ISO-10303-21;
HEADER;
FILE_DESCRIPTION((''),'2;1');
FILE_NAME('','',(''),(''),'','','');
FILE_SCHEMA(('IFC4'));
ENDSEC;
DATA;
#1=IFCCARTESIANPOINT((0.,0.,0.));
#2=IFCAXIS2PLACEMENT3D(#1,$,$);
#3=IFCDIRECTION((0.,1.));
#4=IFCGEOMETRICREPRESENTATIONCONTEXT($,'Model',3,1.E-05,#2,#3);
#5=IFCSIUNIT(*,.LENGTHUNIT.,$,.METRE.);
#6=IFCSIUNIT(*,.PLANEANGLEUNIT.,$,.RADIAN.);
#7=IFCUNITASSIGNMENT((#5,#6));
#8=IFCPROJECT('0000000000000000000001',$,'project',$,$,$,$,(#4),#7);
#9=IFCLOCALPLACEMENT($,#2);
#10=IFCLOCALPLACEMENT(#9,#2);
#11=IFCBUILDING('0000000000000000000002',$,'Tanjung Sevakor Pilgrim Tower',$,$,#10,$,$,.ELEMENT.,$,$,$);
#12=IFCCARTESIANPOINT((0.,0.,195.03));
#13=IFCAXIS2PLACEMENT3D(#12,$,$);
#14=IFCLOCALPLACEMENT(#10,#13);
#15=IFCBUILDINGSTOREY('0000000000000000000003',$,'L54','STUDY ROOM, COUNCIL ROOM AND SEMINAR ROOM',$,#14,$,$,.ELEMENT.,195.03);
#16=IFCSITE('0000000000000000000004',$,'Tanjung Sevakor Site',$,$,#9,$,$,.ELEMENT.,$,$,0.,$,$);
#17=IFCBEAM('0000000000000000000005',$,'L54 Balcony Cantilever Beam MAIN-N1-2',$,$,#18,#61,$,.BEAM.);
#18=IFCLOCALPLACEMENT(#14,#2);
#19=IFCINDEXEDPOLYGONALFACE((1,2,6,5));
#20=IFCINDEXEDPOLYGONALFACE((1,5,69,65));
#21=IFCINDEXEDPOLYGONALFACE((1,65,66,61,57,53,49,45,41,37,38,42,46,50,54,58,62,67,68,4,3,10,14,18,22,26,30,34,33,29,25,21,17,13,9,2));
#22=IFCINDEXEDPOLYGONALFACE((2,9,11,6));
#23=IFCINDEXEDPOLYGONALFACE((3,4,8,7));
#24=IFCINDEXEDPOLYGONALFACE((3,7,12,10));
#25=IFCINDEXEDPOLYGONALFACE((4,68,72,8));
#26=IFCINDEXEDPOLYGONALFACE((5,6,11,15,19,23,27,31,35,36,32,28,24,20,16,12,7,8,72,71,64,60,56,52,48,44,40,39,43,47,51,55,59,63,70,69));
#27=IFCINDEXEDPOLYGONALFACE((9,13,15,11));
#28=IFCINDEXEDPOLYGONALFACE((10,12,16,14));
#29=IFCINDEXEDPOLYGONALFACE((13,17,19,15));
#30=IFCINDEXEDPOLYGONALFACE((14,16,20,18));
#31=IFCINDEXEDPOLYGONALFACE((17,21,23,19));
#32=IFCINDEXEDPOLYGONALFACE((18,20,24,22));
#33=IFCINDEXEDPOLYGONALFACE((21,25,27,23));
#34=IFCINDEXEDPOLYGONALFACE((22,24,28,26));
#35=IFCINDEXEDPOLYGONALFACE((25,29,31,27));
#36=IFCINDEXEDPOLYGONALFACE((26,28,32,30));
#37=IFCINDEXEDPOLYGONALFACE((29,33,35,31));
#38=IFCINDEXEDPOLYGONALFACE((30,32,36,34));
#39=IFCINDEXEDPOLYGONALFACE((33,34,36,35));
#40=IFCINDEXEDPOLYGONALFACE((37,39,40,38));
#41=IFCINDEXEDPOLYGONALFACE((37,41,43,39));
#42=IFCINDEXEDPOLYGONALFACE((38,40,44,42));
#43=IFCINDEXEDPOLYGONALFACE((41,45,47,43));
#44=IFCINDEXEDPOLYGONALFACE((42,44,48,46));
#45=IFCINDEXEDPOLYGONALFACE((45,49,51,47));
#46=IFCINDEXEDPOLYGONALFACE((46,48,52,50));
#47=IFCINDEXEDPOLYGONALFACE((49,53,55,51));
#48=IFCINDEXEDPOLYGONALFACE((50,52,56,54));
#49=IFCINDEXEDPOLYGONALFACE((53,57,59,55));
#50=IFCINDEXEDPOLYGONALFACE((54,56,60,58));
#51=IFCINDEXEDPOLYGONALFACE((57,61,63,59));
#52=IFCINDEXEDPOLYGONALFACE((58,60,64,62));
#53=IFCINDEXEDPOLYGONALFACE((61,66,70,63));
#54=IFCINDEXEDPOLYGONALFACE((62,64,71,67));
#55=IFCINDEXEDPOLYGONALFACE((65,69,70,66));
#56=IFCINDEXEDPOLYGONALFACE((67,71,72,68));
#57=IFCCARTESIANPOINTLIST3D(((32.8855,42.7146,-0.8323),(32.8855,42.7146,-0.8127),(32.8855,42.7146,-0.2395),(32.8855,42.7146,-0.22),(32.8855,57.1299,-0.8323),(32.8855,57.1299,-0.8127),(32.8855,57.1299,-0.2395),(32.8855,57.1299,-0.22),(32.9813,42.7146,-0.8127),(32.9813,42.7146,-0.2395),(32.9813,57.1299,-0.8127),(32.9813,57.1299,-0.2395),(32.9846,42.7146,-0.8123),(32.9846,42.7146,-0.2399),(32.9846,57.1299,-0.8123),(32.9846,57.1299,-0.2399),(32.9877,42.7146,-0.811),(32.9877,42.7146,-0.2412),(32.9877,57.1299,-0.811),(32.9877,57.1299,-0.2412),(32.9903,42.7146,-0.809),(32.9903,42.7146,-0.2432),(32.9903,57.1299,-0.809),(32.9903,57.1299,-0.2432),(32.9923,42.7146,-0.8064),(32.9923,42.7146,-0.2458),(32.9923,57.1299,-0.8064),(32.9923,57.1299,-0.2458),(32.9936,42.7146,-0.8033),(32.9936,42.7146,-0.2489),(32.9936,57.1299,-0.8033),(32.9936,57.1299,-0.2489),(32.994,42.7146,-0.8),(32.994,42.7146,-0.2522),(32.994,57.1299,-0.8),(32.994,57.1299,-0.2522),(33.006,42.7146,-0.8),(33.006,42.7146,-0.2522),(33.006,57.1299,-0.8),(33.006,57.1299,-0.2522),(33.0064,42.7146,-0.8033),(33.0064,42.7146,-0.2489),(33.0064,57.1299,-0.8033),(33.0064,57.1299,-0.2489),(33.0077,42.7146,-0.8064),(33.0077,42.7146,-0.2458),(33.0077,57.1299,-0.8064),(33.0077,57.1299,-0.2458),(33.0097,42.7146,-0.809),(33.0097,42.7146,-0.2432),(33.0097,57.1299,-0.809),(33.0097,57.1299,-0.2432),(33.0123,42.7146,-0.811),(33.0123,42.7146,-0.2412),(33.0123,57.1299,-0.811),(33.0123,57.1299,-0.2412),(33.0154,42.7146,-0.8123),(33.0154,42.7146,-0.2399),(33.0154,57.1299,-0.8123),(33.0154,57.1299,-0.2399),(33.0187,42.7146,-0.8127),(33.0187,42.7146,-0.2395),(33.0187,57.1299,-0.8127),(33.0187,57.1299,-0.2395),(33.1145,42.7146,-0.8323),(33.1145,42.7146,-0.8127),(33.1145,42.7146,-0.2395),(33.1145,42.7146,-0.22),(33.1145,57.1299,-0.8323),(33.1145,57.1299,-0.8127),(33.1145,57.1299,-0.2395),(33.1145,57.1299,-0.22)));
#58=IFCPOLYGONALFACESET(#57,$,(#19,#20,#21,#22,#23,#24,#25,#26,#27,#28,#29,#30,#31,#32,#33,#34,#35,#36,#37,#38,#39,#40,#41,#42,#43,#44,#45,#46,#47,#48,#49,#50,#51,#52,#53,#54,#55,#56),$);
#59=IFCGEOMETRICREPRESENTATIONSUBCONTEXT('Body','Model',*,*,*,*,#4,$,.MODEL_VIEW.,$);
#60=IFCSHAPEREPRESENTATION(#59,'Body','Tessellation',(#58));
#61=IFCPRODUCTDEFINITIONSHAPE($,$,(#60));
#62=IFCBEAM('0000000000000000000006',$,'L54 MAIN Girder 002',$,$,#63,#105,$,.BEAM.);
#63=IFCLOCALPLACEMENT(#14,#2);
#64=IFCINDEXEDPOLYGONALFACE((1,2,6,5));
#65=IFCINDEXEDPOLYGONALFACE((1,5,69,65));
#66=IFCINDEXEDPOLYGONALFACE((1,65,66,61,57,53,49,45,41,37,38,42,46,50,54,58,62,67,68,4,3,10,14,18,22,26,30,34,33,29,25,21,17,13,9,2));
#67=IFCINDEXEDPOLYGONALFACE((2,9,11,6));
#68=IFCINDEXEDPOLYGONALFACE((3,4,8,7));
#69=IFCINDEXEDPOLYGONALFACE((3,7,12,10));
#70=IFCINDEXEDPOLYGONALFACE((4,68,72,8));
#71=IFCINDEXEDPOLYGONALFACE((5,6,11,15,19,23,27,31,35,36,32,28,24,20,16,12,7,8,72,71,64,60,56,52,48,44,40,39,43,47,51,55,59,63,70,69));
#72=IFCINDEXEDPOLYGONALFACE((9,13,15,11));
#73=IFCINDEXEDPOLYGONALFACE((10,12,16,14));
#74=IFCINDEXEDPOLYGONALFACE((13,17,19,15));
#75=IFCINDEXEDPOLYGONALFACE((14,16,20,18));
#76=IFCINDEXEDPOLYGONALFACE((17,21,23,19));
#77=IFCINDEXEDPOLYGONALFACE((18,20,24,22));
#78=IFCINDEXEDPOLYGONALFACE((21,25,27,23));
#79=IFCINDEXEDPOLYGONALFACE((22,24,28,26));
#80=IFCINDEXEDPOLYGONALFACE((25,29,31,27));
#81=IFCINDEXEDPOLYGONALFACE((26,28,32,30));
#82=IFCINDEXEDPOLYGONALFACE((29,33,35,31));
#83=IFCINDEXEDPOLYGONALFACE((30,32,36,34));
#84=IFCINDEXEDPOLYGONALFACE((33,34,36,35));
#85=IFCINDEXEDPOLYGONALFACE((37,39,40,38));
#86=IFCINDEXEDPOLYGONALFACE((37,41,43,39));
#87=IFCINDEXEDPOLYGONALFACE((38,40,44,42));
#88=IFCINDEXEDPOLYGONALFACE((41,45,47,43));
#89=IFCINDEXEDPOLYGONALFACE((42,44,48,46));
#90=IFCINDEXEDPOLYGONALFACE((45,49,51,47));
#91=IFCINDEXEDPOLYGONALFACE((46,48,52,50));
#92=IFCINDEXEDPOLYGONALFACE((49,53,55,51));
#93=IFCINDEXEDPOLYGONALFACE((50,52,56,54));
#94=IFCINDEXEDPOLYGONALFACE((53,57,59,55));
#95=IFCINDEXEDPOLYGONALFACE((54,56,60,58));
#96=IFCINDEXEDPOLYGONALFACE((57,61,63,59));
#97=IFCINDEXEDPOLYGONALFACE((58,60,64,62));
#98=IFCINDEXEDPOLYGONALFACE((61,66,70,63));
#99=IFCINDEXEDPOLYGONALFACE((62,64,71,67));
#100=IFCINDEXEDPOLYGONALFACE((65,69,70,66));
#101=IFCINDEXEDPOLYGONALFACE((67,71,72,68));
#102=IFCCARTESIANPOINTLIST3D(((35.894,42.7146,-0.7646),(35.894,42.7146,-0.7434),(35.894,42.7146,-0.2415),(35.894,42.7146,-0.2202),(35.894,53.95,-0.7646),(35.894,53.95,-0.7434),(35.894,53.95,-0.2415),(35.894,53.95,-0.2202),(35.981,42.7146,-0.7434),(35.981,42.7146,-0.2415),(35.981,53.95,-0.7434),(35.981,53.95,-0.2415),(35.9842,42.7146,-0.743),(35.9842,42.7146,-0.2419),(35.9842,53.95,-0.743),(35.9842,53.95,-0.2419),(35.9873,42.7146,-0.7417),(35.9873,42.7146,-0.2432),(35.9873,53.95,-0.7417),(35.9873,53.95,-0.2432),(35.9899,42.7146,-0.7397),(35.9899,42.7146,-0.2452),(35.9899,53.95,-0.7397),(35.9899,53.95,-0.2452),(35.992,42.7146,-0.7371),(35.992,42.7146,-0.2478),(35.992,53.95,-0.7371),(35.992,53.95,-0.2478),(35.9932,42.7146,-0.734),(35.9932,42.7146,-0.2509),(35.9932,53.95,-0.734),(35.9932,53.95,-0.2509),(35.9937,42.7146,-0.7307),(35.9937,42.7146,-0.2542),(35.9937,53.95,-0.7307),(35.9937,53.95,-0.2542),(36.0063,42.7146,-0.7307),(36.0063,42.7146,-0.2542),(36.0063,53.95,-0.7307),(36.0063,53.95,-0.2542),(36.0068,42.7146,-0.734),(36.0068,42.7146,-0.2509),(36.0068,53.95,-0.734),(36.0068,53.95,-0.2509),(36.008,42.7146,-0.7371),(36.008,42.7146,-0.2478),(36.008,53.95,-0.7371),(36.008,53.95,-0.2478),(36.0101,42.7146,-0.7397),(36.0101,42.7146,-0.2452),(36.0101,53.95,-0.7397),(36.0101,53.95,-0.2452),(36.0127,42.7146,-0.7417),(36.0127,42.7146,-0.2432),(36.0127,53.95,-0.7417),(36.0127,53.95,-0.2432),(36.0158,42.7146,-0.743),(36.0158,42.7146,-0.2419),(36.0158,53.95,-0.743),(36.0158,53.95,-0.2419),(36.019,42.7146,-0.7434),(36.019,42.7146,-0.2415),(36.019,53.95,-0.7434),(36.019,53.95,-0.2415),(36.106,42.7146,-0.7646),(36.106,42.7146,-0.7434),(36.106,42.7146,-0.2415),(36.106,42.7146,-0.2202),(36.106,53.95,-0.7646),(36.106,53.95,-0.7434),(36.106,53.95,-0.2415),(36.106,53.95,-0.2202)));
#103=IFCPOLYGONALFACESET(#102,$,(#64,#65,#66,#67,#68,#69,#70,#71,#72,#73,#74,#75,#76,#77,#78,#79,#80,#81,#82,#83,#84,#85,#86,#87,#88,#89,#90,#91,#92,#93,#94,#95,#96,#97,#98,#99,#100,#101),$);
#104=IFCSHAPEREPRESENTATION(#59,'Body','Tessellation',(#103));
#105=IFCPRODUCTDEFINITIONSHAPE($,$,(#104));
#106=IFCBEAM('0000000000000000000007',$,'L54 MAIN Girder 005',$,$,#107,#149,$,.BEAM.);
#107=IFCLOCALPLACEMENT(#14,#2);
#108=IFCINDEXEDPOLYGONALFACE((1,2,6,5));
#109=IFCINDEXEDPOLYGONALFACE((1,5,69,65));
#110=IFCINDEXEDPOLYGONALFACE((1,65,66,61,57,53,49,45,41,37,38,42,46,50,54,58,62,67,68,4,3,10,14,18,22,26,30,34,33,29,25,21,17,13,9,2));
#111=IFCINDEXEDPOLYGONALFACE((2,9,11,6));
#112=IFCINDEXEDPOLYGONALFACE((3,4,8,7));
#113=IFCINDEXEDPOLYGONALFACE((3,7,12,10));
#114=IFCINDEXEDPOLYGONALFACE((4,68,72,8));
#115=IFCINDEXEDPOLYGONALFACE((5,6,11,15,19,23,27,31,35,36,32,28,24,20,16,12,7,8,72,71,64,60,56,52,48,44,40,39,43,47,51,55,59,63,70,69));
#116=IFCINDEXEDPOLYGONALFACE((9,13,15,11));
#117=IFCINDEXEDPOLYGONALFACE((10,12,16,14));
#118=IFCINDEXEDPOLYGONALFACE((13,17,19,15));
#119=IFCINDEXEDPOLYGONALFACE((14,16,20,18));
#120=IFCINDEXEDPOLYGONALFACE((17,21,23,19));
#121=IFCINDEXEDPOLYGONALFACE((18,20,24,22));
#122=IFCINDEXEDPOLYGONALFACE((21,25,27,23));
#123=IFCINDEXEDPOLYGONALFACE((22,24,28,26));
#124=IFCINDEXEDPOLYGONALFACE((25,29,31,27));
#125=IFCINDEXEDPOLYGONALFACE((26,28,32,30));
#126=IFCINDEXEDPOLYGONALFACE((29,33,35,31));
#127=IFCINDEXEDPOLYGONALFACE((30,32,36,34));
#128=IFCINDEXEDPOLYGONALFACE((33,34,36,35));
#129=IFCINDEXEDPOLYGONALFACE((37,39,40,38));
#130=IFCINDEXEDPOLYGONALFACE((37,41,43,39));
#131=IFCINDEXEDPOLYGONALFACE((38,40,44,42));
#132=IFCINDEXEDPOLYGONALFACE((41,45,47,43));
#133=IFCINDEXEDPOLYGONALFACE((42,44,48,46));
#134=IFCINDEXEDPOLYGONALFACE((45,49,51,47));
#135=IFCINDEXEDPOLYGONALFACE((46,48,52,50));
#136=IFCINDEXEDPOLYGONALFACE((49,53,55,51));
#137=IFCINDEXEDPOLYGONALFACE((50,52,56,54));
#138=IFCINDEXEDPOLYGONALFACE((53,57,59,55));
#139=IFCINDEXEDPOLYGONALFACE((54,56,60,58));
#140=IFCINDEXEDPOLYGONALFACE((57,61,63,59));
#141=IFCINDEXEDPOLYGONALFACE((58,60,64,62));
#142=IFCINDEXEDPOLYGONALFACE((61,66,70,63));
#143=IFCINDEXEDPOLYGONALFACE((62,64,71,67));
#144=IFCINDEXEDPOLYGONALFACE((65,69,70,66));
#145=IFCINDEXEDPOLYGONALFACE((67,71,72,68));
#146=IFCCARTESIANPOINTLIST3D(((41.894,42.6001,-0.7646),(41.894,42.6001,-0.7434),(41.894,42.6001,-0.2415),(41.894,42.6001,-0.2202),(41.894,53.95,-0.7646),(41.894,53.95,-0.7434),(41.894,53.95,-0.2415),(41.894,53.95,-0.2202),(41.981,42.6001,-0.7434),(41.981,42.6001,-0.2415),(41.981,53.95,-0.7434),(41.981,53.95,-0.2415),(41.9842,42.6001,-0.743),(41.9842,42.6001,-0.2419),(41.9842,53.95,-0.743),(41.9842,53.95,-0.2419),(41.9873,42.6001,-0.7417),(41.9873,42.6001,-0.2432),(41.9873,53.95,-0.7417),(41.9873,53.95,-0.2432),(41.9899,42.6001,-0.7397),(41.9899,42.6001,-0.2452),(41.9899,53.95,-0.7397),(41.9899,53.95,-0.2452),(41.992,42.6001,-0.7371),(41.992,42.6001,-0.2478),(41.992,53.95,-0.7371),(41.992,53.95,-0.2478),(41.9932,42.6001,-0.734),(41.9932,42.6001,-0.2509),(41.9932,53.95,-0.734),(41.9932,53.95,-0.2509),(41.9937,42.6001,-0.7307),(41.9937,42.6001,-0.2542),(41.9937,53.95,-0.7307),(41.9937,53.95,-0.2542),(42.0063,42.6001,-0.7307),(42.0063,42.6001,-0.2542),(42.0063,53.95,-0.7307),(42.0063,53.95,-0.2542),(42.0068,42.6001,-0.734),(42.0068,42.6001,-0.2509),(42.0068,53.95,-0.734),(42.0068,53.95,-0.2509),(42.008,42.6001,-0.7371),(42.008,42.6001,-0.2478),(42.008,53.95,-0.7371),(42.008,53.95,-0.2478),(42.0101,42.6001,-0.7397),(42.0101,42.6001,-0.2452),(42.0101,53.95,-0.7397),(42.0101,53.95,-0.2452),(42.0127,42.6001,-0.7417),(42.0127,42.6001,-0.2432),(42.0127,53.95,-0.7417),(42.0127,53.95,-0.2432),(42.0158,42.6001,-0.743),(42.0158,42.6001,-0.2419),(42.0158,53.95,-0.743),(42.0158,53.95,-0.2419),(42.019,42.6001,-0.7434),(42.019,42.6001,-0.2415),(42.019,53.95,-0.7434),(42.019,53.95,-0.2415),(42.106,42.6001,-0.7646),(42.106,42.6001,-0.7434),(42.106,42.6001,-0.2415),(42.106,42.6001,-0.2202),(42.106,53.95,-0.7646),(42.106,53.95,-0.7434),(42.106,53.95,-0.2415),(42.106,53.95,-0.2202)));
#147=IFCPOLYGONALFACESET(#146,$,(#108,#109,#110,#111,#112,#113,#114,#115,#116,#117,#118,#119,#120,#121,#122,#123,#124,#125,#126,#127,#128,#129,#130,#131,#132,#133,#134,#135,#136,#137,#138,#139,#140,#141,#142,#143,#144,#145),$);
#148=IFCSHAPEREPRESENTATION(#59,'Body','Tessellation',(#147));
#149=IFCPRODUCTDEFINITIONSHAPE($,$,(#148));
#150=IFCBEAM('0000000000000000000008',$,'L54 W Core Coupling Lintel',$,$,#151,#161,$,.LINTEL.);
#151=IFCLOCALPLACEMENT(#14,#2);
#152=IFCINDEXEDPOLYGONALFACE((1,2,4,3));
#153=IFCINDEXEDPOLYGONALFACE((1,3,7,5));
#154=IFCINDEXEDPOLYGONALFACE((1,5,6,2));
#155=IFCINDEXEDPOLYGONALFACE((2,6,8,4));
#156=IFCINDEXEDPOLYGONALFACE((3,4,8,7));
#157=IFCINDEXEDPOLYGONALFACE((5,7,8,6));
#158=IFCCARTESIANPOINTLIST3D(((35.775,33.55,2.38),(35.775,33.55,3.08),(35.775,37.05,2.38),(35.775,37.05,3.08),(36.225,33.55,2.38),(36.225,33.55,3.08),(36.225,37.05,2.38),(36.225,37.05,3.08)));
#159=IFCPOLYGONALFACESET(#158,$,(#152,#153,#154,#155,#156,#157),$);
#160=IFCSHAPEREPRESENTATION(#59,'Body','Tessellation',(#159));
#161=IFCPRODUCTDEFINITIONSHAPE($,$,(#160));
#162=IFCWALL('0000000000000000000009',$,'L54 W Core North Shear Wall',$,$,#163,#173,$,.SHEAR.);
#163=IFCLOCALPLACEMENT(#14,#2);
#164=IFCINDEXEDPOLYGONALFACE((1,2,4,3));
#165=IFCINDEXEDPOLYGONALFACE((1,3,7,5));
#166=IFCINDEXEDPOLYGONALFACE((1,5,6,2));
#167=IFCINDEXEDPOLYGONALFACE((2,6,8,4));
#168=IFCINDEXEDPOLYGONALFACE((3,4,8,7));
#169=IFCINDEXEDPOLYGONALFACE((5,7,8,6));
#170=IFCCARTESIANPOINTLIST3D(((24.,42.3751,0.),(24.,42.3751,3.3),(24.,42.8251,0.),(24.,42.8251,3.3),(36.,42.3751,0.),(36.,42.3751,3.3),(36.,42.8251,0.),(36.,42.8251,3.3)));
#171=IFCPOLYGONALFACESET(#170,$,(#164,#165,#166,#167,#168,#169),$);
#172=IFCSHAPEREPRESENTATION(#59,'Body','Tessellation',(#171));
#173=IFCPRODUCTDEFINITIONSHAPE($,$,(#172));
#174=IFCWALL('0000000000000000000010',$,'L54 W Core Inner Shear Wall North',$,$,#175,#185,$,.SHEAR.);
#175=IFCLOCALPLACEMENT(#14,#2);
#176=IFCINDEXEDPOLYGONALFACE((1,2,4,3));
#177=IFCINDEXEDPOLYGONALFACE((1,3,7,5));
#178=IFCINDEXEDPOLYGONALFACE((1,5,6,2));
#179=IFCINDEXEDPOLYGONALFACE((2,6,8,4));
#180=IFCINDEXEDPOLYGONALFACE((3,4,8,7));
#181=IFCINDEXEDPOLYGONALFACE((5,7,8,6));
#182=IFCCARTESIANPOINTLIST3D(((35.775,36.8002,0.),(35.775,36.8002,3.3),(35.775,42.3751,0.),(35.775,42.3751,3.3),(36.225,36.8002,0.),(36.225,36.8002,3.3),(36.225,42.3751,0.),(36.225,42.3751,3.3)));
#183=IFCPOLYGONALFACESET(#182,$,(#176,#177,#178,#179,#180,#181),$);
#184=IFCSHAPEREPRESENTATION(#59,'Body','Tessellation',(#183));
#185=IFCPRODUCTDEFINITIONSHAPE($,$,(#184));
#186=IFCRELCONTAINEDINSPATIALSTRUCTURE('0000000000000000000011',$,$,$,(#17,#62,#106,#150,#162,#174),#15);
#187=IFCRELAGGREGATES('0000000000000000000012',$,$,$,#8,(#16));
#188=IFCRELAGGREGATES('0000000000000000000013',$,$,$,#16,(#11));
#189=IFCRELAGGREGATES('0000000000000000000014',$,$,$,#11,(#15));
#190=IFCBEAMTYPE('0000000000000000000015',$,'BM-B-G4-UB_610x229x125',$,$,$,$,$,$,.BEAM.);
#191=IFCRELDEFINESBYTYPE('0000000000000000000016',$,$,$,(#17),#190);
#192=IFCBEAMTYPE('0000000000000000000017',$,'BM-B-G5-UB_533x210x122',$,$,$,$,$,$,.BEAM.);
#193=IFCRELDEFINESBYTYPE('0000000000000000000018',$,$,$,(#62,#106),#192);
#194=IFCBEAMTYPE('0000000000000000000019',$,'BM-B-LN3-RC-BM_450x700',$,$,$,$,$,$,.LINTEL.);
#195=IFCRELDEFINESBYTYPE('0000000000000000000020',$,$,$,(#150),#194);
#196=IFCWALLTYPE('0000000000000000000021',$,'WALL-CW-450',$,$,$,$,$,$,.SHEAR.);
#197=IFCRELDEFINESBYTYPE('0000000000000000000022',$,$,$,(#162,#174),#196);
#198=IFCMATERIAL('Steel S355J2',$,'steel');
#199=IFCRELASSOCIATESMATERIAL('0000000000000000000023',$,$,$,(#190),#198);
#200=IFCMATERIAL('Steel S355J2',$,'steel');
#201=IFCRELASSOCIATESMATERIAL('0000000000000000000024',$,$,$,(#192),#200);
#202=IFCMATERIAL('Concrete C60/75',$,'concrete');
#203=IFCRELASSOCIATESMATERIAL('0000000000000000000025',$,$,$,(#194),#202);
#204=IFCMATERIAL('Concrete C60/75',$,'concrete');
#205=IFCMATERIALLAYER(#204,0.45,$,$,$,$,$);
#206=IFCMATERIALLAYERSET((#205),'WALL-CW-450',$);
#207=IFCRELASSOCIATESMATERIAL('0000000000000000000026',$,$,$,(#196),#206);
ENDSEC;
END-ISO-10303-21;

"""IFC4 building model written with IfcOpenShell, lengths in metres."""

from ifc_helpers import new_model, si_unit, direction, frame, frame_2d, origin, origin_2d, place, context, subcontext, project, spatial, rectangle, i_section, extrude, material, layer, layer_set, material_profile, profile_set, type_object, element, save


model = new_model("IFC4")

# Units and contexts
model_context = context("Model", 3, precision=1e-05, world=origin(), true_north=direction((0.0, 1.0)))
body_context = subcontext(model_context, "Body", "Model", "MODEL_VIEW")
ifc_project = project(units=[si_unit("LENGTHUNIT", "METRE"), si_unit("PLANEANGLEUNIT", "RADIAN")], contexts=[model_context])

# Site, building, storey
site_placement = place(None, origin())
site = spatial("IfcSite", under=ifc_project, at=site_placement, Name="Tanjung Sevakor Site", CompositionType="ELEMENT", RefElevation=0.0)
building_placement = place(site_placement, origin())
building = spatial("IfcBuilding", under=site, at=building_placement, Name="Tanjung Sevakor Pilgrim Tower", CompositionType="ELEMENT")
storey_placement = place(building_placement, frame((0.0, 0.0, 195.03)))
storey = spatial("IfcBuildingStorey", under=building, at=storey_placement, Name="L54", Description="STUDY ROOM, COUNCIL ROOM AND SEMINAR ROOM", CompositionType="ELEMENT", Elevation=195.03)

# Beams
ifc_material_1 = material(Name="Steel S355J2", Category="steel")
ifc_material_profile_1 = material_profile(ifc_material_1, i_section(OverallWidth=0.229, OverallDepth=0.6123, WebThickness=0.012, FlangeThickness=0.0195, FilletRadius=0.0127, at=origin_2d()))
ifc_profile_set_1 = profile_set([ifc_material_profile_1], Name="Steel S355J2")
beam_type_1 = type_object("IfcBeamType", Name="BM-B-G4-UB_610x229x125", PredefinedType="BEAM", material=ifc_profile_set_1)
beam_1_placement = place(storey_placement, frame((33.0, 42.7146, -0.5261), z_axis=(0.0, 1.0, 0.0), x_axis=(-1.0, 0.0, 0.0)))
element("IfcBeam", 1, at=beam_1_placement, inside=storey, type_object=beam_type_1, Name="L54 Balcony Cantilever Beam MAIN-N1-2", PredefinedType="BEAM", context=body_context, shape_type="SweptSolid", body=[
    extrude(i_section(OverallWidth=0.229, OverallDepth=0.6123, WebThickness=0.012, FlangeThickness=0.0195, FilletRadius=0.0127, at=origin_2d()), origin(), (0.0, 0.0, 1.0), 14.4153),
])
ifc_material_2 = material(Name="Steel S355J2", Category="steel")
ifc_material_profile_2 = material_profile(ifc_material_2, i_section(OverallWidth=0.2119, OverallDepth=0.5444, WebThickness=0.0127, FlangeThickness=0.0212, FilletRadius=0.0127, at=origin_2d()))
ifc_profile_set_2 = profile_set([ifc_material_profile_2], Name="Steel S355J2")
beam_type_2 = type_object("IfcBeamType", Name="BM-B-G5-UB_533x210x122", PredefinedType="BEAM", material=ifc_profile_set_2)
beam_2_placement = place(storey_placement, frame((36.0, 42.7146, -0.4924), z_axis=(0.0, 1.0, 0.0), x_axis=(-1.0, 0.0, 0.0)))
element("IfcBeam", 2, at=beam_2_placement, inside=storey, type_object=beam_type_2, Name="L54 MAIN Girder 002", PredefinedType="BEAM", context=body_context, shape_type="SweptSolid", body=[
    extrude(i_section(OverallWidth=0.2119, OverallDepth=0.5444, WebThickness=0.0127, FlangeThickness=0.0212, FilletRadius=0.0127, at=origin_2d()), origin(), (0.0, 0.0, 1.0), 11.2354),
])
beam_3_placement = place(storey_placement, frame((42.0, 42.6001, -0.4924), z_axis=(0.0, 1.0, 0.0), x_axis=(-1.0, 0.0, 0.0)))
element("IfcBeam", 3, at=beam_3_placement, inside=storey, type_object=beam_type_2, Name="L54 MAIN Girder 005", PredefinedType="BEAM", context=body_context, shape_type="SweptSolid", body=[
    extrude(i_section(OverallWidth=0.2119, OverallDepth=0.5444, WebThickness=0.0127, FlangeThickness=0.0212, FilletRadius=0.0127, at=origin_2d()), origin(), (0.0, 0.0, 1.0), 11.3499),
])
ifc_material_3 = material(Name="Concrete C60/75", Category="concrete")
ifc_material_profile_3 = material_profile(ifc_material_3, rectangle(XDim=0.45, YDim=0.7, at=origin_2d()))
ifc_profile_set_3 = profile_set([ifc_material_profile_3], Name="Concrete C60/75")
beam_type_3 = type_object("IfcBeamType", Name="BM-B-LN3-RC-BM_450x700", PredefinedType="LINTEL", material=ifc_profile_set_3)
beam_4_placement = place(storey_placement, frame((36.0, 33.55, 2.73), z_axis=(0.0, 1.0, 0.0), x_axis=(-1.0, 0.0, 0.0)))
element("IfcBeam", 4, at=beam_4_placement, inside=storey, type_object=beam_type_3, Name="L54 W Core Coupling Lintel", PredefinedType="LINTEL", context=body_context, shape_type="SweptSolid", body=[
    extrude(rectangle(XDim=0.45, YDim=0.7, at=origin_2d()), origin(), (0.0, 0.0, 1.0), 3.5),
])

# Walls
ifc_material_4 = material(Name="Concrete C60/75", Category="concrete")
ifc_layer_1 = layer(ifc_material_4, 0.45)
ifc_layer_set_1 = layer_set([ifc_layer_1], Name="WALL-CW-450")
wall_type_1 = type_object("IfcWallType", Name="WALL-CW-450", PredefinedType="SHEAR", material=ifc_layer_set_1)
wall_1_placement = place(storey_placement, frame((36.0, 42.6001, 0.0), z_axis=(0.0, 0.0, 1.0), x_axis=(-1.0, 0.0, 0.0)))
element("IfcWall", 5, at=wall_1_placement, inside=storey, type_object=wall_type_1, Name="L54 W Core North Shear Wall", PredefinedType="SHEAR", context=body_context, shape_type="SweptSolid", body=[
    extrude(rectangle(XDim=12.0, YDim=0.45, at=frame_2d((6.0, 0.0))), origin(), (0.0, 0.0, 1.0), 3.3),
])
wall_2_placement = place(storey_placement, frame((36.0, 36.8, 0.0), z_axis=(0.0, 0.0, 1.0), x_axis=(0.0, 1.0, 0.0)))
element("IfcWall", 6, at=wall_2_placement, inside=storey, type_object=wall_type_1, Name="L54 W Core Inner Shear Wall North", PredefinedType="SHEAR", context=body_context, shape_type="SweptSolid", body=[
    extrude(rectangle(XDim=5.575, YDim=0.45, at=frame_2d((2.7876, 0.0))), origin(), (0.0, 0.0, 1.0), 3.3),
])

save(model, "model.ifc")
